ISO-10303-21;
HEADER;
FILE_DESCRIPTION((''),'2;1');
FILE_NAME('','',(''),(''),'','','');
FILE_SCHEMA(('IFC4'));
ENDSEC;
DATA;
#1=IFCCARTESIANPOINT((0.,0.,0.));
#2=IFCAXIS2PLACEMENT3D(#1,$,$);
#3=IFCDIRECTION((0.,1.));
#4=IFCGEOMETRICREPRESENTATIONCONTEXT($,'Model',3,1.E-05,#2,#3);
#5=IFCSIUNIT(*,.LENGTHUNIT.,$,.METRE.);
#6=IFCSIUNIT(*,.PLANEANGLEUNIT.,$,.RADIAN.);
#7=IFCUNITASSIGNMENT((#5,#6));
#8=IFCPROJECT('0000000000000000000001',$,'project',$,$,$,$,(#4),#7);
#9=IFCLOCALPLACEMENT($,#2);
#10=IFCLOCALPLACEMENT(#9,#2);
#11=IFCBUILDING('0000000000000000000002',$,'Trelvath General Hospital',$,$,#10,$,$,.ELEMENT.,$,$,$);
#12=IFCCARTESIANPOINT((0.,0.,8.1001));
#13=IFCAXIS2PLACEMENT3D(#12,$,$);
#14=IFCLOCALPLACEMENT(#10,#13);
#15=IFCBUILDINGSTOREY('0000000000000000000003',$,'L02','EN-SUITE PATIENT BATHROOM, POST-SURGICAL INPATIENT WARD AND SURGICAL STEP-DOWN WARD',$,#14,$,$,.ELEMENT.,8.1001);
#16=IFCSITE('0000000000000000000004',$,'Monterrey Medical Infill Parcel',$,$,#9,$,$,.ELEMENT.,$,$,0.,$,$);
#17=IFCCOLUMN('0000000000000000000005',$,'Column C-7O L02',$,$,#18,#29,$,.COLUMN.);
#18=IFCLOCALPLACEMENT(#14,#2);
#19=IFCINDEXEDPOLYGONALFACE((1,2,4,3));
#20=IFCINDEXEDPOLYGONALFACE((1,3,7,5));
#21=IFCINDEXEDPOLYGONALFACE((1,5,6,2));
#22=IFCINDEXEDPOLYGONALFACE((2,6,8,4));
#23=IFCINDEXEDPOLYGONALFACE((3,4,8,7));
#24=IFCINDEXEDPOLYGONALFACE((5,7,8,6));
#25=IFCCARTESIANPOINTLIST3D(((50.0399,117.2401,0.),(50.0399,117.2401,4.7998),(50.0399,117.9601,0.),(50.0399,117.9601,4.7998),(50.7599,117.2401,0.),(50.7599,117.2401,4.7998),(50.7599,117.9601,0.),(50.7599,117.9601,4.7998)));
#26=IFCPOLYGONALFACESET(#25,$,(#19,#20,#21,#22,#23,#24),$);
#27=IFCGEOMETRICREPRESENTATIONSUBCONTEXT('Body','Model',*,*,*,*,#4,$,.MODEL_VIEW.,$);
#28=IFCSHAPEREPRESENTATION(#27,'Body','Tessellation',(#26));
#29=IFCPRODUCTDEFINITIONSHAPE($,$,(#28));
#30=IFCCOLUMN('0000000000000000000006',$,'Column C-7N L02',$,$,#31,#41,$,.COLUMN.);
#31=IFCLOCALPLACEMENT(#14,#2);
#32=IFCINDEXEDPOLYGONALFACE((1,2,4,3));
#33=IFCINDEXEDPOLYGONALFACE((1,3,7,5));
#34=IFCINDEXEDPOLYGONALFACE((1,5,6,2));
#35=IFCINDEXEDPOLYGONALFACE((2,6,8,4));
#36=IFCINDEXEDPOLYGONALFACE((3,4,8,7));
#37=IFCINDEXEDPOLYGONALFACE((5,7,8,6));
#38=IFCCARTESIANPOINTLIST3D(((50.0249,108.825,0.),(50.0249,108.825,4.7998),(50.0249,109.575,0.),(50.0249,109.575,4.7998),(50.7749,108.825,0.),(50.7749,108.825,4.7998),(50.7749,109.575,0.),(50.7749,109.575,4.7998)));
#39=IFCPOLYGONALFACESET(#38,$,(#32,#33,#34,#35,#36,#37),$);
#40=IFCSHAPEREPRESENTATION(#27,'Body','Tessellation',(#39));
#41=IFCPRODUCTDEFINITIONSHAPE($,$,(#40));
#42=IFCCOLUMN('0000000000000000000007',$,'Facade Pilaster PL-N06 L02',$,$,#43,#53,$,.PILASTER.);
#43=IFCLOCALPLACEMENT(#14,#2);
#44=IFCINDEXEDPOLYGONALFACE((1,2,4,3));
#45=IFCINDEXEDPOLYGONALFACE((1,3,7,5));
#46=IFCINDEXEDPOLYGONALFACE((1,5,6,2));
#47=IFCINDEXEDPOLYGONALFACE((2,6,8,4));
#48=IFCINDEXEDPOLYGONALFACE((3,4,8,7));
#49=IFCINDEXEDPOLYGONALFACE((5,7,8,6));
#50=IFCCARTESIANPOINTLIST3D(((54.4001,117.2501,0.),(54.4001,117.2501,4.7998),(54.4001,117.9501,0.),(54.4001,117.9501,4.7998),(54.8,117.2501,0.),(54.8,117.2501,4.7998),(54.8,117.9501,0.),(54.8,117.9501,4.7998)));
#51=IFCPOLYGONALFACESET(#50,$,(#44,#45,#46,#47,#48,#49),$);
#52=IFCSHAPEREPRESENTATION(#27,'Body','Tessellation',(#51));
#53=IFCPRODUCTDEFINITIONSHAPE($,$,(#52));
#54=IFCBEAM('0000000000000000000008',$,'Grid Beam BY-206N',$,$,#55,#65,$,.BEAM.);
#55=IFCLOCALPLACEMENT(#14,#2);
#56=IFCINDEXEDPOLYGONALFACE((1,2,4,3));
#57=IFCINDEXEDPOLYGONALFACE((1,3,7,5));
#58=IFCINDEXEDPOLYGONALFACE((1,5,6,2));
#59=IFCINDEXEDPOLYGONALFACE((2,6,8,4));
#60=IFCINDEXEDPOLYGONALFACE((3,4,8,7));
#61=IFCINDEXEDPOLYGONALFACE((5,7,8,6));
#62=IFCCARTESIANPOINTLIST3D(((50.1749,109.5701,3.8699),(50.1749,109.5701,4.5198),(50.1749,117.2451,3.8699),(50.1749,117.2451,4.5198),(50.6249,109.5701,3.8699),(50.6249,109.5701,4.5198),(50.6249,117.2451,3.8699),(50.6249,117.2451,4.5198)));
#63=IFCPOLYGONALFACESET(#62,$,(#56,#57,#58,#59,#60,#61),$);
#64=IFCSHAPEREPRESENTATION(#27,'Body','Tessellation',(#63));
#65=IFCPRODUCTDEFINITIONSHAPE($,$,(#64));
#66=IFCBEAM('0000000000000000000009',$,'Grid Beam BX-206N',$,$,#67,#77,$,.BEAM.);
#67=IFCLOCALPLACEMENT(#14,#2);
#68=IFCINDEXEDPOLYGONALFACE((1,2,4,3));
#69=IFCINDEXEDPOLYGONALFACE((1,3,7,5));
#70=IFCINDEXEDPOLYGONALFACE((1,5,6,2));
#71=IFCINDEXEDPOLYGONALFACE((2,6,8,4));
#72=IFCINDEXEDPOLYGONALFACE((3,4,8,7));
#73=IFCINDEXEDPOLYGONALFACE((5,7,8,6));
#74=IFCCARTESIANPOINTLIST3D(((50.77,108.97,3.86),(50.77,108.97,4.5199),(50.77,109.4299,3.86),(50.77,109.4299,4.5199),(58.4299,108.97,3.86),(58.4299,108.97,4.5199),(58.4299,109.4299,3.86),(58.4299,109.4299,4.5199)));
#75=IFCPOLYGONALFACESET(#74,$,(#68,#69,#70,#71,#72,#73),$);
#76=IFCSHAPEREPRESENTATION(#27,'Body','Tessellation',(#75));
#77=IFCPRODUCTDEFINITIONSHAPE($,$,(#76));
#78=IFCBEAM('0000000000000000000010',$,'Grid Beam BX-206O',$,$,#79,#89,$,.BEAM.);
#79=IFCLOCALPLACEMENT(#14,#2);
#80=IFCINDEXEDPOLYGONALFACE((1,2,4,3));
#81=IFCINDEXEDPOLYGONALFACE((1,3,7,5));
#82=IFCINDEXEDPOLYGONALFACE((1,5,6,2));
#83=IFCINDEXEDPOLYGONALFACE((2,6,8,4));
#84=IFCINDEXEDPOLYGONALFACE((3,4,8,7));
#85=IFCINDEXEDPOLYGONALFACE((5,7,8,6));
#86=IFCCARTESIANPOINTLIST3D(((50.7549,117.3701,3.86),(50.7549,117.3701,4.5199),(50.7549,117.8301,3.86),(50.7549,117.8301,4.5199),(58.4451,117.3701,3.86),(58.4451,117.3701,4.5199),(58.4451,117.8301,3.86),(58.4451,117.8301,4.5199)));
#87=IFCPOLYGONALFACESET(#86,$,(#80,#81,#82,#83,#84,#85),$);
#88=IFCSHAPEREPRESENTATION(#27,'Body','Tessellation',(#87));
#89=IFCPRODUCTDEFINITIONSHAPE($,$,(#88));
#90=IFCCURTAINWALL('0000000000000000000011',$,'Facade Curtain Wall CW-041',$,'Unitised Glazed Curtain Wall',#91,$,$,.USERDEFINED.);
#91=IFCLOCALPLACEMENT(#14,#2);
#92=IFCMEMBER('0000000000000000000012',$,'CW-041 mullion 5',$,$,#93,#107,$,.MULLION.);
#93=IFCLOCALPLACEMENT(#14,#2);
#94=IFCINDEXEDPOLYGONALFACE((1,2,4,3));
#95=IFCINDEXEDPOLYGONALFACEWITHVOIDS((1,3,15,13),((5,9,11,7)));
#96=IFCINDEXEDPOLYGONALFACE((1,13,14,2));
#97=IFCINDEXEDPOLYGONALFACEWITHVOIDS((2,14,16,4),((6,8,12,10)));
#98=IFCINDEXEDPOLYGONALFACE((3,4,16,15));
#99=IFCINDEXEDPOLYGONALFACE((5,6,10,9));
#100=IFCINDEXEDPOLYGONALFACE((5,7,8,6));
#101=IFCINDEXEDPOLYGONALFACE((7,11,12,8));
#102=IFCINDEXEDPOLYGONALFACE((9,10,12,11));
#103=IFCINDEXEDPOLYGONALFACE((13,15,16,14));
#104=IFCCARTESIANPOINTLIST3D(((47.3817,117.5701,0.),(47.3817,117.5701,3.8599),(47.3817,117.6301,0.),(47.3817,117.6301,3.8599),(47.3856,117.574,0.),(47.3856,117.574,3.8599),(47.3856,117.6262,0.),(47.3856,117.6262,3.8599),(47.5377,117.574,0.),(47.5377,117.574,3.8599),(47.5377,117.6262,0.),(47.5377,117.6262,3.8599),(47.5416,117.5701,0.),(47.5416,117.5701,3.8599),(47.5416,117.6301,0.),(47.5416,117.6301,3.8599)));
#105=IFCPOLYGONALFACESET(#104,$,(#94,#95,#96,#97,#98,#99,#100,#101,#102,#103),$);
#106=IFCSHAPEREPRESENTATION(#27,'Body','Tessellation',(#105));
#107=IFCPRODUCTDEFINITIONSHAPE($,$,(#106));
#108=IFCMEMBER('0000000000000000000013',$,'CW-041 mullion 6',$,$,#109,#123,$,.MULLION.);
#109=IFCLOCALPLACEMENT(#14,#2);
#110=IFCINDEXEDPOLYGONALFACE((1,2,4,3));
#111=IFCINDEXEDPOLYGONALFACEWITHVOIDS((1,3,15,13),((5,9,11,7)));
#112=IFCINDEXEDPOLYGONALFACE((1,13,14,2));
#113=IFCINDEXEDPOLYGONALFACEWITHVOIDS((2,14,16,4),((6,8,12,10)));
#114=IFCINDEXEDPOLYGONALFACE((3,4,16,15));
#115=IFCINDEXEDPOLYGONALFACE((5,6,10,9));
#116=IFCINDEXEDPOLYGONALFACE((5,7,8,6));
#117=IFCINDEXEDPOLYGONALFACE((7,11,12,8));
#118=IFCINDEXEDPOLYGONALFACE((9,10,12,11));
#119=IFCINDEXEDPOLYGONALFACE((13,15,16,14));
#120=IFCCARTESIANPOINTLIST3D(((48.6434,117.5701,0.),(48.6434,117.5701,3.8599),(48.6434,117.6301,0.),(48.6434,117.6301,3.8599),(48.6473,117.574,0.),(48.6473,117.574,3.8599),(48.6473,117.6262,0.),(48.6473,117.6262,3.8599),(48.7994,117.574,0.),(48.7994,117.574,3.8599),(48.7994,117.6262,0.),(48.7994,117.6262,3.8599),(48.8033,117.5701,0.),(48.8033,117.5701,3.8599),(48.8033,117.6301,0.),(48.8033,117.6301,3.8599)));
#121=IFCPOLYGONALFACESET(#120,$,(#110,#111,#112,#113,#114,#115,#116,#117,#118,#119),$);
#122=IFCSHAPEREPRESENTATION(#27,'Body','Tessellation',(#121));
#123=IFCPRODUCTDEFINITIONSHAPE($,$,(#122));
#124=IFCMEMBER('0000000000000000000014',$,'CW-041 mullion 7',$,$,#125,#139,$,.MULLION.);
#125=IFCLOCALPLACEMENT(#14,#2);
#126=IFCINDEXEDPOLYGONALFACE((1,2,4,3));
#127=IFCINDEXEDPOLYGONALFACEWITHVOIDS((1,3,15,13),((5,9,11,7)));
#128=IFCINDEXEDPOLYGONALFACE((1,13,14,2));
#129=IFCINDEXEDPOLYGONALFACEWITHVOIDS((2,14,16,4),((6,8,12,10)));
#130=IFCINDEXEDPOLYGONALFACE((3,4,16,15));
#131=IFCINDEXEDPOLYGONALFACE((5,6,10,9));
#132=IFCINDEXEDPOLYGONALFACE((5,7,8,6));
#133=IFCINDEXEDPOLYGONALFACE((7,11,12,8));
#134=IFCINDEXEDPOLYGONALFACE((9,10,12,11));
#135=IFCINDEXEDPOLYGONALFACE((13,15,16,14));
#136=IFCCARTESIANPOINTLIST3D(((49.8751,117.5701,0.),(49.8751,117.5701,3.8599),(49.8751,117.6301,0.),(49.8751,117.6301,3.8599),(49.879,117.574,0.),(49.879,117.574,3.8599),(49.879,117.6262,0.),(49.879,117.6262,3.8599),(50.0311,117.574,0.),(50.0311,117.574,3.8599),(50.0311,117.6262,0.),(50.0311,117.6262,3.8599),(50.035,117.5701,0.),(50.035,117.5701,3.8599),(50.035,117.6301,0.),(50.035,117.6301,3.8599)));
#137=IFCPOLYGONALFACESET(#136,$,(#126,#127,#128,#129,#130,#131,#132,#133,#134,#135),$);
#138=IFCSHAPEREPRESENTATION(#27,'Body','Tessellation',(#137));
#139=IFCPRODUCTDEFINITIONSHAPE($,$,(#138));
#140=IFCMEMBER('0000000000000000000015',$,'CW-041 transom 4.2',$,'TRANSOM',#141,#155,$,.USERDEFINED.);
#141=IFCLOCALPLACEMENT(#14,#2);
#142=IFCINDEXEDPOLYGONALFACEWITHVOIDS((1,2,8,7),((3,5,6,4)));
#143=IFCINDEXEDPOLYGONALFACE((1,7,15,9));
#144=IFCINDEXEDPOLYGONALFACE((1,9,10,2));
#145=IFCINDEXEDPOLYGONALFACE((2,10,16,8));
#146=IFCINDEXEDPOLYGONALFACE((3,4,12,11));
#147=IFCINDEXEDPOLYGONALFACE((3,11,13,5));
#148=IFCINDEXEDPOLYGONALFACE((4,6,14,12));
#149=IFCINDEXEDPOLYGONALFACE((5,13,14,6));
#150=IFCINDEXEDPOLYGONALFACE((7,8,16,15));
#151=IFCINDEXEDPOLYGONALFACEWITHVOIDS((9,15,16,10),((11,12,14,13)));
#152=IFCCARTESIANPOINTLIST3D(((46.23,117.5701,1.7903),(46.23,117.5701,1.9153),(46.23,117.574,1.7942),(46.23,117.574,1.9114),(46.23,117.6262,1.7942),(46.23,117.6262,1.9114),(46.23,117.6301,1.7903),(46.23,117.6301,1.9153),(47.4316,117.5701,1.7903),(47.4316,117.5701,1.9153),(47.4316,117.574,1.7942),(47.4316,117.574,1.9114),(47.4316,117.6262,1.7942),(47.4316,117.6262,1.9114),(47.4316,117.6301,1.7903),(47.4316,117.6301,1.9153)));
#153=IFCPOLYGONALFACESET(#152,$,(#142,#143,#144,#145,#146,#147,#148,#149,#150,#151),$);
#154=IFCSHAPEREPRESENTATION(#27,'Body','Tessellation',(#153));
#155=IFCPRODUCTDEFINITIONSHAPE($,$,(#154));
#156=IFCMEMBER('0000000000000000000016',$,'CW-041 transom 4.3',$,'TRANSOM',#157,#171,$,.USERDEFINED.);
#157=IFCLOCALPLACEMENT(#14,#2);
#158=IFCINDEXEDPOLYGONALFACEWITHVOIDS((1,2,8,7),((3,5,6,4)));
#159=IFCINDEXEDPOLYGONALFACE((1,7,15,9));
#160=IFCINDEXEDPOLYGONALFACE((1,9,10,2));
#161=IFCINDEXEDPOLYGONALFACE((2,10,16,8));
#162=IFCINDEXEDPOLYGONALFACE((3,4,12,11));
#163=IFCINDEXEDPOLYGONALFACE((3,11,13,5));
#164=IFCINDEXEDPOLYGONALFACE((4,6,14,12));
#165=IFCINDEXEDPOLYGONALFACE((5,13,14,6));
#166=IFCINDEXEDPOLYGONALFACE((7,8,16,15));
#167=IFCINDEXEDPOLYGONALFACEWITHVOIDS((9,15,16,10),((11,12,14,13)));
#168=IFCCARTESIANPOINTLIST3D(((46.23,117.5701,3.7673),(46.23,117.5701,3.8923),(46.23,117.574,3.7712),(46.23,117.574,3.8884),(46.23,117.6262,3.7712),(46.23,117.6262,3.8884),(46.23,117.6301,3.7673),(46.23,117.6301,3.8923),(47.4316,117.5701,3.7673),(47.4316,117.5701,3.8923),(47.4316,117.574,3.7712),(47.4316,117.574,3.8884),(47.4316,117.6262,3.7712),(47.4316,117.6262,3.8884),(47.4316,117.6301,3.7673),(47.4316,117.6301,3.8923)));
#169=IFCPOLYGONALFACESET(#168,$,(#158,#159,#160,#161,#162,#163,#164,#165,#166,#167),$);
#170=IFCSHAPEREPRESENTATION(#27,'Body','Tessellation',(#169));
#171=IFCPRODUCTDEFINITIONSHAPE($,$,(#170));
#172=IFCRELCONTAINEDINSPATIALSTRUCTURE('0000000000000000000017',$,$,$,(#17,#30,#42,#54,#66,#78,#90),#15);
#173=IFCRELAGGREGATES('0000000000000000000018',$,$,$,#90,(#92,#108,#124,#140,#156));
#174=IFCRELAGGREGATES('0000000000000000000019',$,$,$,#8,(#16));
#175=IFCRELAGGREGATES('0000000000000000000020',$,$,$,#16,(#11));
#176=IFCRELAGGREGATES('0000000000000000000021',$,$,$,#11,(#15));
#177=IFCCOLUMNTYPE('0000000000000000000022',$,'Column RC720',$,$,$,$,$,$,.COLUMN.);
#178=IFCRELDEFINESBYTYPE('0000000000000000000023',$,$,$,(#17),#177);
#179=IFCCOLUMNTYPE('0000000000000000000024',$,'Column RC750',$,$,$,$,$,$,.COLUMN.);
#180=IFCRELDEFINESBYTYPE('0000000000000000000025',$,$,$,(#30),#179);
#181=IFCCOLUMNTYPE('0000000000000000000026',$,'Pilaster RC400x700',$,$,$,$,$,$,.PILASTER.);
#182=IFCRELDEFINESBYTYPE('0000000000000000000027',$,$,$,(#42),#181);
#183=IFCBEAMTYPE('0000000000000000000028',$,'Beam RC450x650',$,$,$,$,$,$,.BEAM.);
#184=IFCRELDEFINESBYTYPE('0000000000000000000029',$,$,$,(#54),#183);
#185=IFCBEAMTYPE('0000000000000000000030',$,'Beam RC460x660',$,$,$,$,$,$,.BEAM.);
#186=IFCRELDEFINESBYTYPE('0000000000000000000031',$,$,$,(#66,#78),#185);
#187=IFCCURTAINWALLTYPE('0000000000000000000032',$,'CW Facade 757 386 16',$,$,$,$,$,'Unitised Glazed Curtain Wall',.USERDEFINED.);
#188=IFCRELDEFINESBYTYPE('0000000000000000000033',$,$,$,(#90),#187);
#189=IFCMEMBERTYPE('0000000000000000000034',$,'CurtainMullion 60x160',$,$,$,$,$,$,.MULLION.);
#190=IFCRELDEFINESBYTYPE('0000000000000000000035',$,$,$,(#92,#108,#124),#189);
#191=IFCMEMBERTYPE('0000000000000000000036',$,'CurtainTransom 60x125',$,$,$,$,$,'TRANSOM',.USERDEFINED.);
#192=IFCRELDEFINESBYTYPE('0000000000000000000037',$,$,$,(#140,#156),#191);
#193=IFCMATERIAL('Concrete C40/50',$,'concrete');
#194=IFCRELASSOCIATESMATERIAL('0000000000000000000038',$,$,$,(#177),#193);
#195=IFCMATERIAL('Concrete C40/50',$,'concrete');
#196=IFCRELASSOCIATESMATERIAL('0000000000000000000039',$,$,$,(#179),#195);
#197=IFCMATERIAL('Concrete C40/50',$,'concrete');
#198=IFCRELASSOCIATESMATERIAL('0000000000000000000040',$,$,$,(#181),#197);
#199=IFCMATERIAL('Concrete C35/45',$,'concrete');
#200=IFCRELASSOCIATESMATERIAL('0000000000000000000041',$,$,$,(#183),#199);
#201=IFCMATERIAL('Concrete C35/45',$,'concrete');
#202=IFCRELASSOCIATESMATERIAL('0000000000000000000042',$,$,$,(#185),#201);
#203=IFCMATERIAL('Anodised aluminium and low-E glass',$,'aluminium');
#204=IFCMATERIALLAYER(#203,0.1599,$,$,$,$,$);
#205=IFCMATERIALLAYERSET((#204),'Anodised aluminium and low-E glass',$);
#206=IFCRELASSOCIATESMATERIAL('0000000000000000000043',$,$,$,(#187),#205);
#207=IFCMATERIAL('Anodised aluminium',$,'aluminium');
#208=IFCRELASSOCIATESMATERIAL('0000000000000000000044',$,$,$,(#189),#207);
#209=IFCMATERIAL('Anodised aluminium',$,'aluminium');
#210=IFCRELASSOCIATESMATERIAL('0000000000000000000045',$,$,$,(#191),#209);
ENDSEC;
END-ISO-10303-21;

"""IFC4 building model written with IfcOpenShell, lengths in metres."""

from ifc_helpers import new_model, si_unit, direction, frame, origin, origin_2d, place, context, subcontext, project, spatial, rectangle, hollow_rectangle, extrude, material, layer, layer_set, material_profile, profile_set, type_object, element, aggregate, save


model = new_model("IFC4")

# Units and contexts
model_context = context("Model", 3, precision=1e-05, world=origin(), true_north=direction((0.0, 1.0)))
body_context = subcontext(model_context, "Body", "Model", "MODEL_VIEW")
ifc_project = project(units=[si_unit("LENGTHUNIT", "METRE"), si_unit("PLANEANGLEUNIT", "RADIAN")], contexts=[model_context])

# Site, building, storey
site_placement = place(None, origin())
site = spatial("IfcSite", under=ifc_project, at=site_placement, Name="Monterrey Medical Infill Parcel", CompositionType="ELEMENT", RefElevation=0.0)
building_placement = place(site_placement, origin())
building = spatial("IfcBuilding", under=site, at=building_placement, Name="Trelvath General Hospital", CompositionType="ELEMENT")
storey_placement = place(building_placement, frame((0.0, 0.0, 8.1001)))
storey = spatial("IfcBuildingStorey", under=building, at=storey_placement, Name="L02", Description="EN-SUITE PATIENT BATHROOM, POST-SURGICAL INPATIENT WARD AND SURGICAL STEP-DOWN WARD", CompositionType="ELEMENT", Elevation=8.1001)

# Columns
ifc_material_1 = material(Name="Concrete C40/50", Category="concrete")
ifc_material_profile_1 = material_profile(ifc_material_1, rectangle(XDim=0.72, YDim=0.72, at=origin_2d()), Name="RC720x720")
ifc_profile_set_1 = profile_set([ifc_material_profile_1], Name="Concrete C40/50")
column_type_1 = type_object("IfcColumnType", Name="Column RC720", PredefinedType="COLUMN", material=ifc_profile_set_1)
column_1_placement = place(storey_placement, frame((50.3999, 117.6001, 0.0), z_axis=(0.0, 0.0, 1.0), x_axis=(1.0, 0.0, 0.0)))
element("IfcColumn", 1, at=column_1_placement, inside=storey, type_object=column_type_1, Name="Column C-7O L02", PredefinedType="COLUMN", context=body_context, shape_type="SweptSolid", body=[
    extrude(rectangle(XDim=0.72, YDim=0.72, at=origin_2d()), origin(), (0.0, 0.0, 1.0), 4.7998),
])
ifc_material_2 = material(Name="Concrete C40/50", Category="concrete")
ifc_material_profile_2 = material_profile(ifc_material_2, rectangle(XDim=0.75, YDim=0.75, at=origin_2d()), Name="RC750x750")
ifc_profile_set_2 = profile_set([ifc_material_profile_2], Name="Concrete C40/50")
column_type_2 = type_object("IfcColumnType", Name="Column RC750", PredefinedType="COLUMN", material=ifc_profile_set_2)
column_2_placement = place(storey_placement, frame((50.3999, 109.2, 0.0), z_axis=(0.0, 0.0, 1.0), x_axis=(1.0, 0.0, 0.0)))
element("IfcColumn", 2, at=column_2_placement, inside=storey, type_object=column_type_2, Name="Column C-7N L02", PredefinedType="COLUMN", context=body_context, shape_type="SweptSolid", body=[
    extrude(rectangle(XDim=0.75, YDim=0.75, at=origin_2d()), origin(), (0.0, 0.0, 1.0), 4.7998),
])
ifc_material_3 = material(Name="Concrete C40/50", Category="concrete")
ifc_material_profile_3 = material_profile(ifc_material_3, rectangle(XDim=0.3999, YDim=0.7, at=origin_2d()), Name="RC400x700")
ifc_profile_set_3 = profile_set([ifc_material_profile_3], Name="Concrete C40/50")
column_type_3 = type_object("IfcColumnType", Name="Pilaster RC400x700", PredefinedType="PILASTER", material=ifc_profile_set_3)
column_3_placement = place(storey_placement, frame((54.6001, 117.6001, 0.0), z_axis=(0.0, 0.0, 1.0), x_axis=(1.0, 0.0, 0.0)))
element("IfcColumn", 3, at=column_3_placement, inside=storey, type_object=column_type_3, Name="Facade Pilaster PL-N06 L02", PredefinedType="PILASTER", context=body_context, shape_type="SweptSolid", body=[
    extrude(rectangle(XDim=0.3999, YDim=0.7, at=origin_2d()), origin(), (0.0, 0.0, 1.0), 4.7998),
])

# Beams
ifc_material_4 = material(Name="Concrete C35/45", Category="concrete")
ifc_material_profile_4 = material_profile(ifc_material_4, rectangle(XDim=0.45, YDim=0.6499, at=origin_2d()), Name="RCB450x650")
ifc_profile_set_4 = profile_set([ifc_material_profile_4], Name="Concrete C35/45")
beam_type_1 = type_object("IfcBeamType", Name="Beam RC450x650", PredefinedType="BEAM", material=ifc_profile_set_4)
beam_1_placement = place(storey_placement, frame((50.3999, 109.5701, 4.1948), z_axis=(0.0, 1.0, 0.0), x_axis=(-1.0, 0.0, 0.0)))
element("IfcBeam", 4, at=beam_1_placement, inside=storey, type_object=beam_type_1, Name="Grid Beam BY-206N", PredefinedType="BEAM", context=body_context, shape_type="SweptSolid", body=[
    extrude(rectangle(XDim=0.45, YDim=0.6499, at=origin_2d()), origin(), (0.0, 0.0, 1.0), 7.675),
])
ifc_material_5 = material(Name="Concrete C35/45", Category="concrete")
ifc_material_profile_5 = material_profile(ifc_material_5, rectangle(XDim=0.46, YDim=0.6599, at=origin_2d()), Name="RCB460x660")
ifc_profile_set_5 = profile_set([ifc_material_profile_5], Name="Concrete C35/45")
beam_type_2 = type_object("IfcBeamType", Name="Beam RC460x660", PredefinedType="BEAM", material=ifc_profile_set_5)
beam_2_placement = place(storey_placement, frame((50.77, 109.2, 4.1899), z_axis=(1.0, 0.0, 0.0), x_axis=(0.0, 1.0, 0.0)))
element("IfcBeam", 5, at=beam_2_placement, inside=storey, type_object=beam_type_2, Name="Grid Beam BX-206N", PredefinedType="BEAM", context=body_context, shape_type="SweptSolid", body=[
    extrude(rectangle(XDim=0.46, YDim=0.6599, at=origin_2d()), origin(), (0.0, 0.0, 1.0), 7.6599),
])
beam_3_placement = place(storey_placement, frame((50.7549, 117.6001, 4.1899), z_axis=(1.0, 0.0, 0.0), x_axis=(0.0, 1.0, 0.0)))
element("IfcBeam", 6, at=beam_3_placement, inside=storey, type_object=beam_type_2, Name="Grid Beam BX-206O", PredefinedType="BEAM", context=body_context, shape_type="SweptSolid", body=[
    extrude(rectangle(XDim=0.46, YDim=0.6599, at=origin_2d()), origin(), (0.0, 0.0, 1.0), 7.6902),
])

# Curtain wall, members
ifc_material_6 = material(Name="Anodised aluminium and low-E glass", Category="aluminium")
ifc_layer_1 = layer(ifc_material_6, 0.1599)
ifc_layer_set_1 = layer_set([ifc_layer_1], Name="Anodised aluminium and low-E glass")
curtain_wall_type = type_object("IfcCurtainWallType", Name="CW Facade 757 386 16", ElementType="Unitised Glazed Curtain Wall", PredefinedType="USERDEFINED", material=ifc_layer_set_1)
curtain_wall_placement = place(storey_placement, origin())
curtain_wall = element("IfcCurtainWall", 7, at=curtain_wall_placement, inside=storey, type_object=curtain_wall_type, Name="Facade Curtain Wall CW-041", ObjectType="Unitised Glazed Curtain Wall", PredefinedType="USERDEFINED")
ifc_material_7 = material(Name="Anodised aluminium", Category="aluminium")
ifc_material_profile_6 = material_profile(ifc_material_7, hollow_rectangle(XDim=0.0601, YDim=0.1599, WallThickness=0.0039, at=origin_2d()), Name="RHS60x160x4")
ifc_profile_set_6 = profile_set([ifc_material_profile_6], Name="Anodised aluminium")
member_type_1 = type_object("IfcMemberType", Name="CurtainMullion 60x160", PredefinedType="MULLION", material=ifc_profile_set_6)
member_1_placement = place(storey_placement, frame((47.4617, 117.6001, 0.0), z_axis=(0.0, 0.0, 1.0), x_axis=(0.0, 1.0, 0.0)))
member_1 = element("IfcMember", 8, at=member_1_placement, type_object=member_type_1, Name="CW-041 mullion 5", PredefinedType="MULLION", context=body_context, shape_type="SweptSolid", body=[
    extrude(hollow_rectangle(XDim=0.0601, YDim=0.1599, WallThickness=0.0039, at=origin_2d()), origin(), (0.0, 0.0, 1.0), 3.8599),
])
member_2_placement = place(storey_placement, frame((48.7234, 117.6001, 0.0), z_axis=(0.0, 0.0, 1.0), x_axis=(0.0, 1.0, 0.0)))
member_2 = element("IfcMember", 9, at=member_2_placement, type_object=member_type_1, Name="CW-041 mullion 6", PredefinedType="MULLION", context=body_context, shape_type="SweptSolid", body=[
    extrude(hollow_rectangle(XDim=0.0601, YDim=0.1599, WallThickness=0.0039, at=origin_2d()), origin(), (0.0, 0.0, 1.0), 3.8599),
])
member_3_placement = place(storey_placement, frame((49.9551, 117.6001, 0.0), z_axis=(0.0, 0.0, 1.0), x_axis=(0.0, 1.0, 0.0)))
member_3 = element("IfcMember", 10, at=member_3_placement, type_object=member_type_1, Name="CW-041 mullion 7", PredefinedType="MULLION", context=body_context, shape_type="SweptSolid", body=[
    extrude(hollow_rectangle(XDim=0.0601, YDim=0.1599, WallThickness=0.0039, at=origin_2d()), origin(), (0.0, 0.0, 1.0), 3.8599),
])
ifc_material_8 = material(Name="Anodised aluminium", Category="aluminium")
ifc_material_profile_7 = material_profile(ifc_material_8, hollow_rectangle(XDim=0.0601, YDim=0.125, WallThickness=0.0039, at=origin_2d()), Name="RHS60x125x4")
ifc_profile_set_7 = profile_set([ifc_material_profile_7], Name="Anodised aluminium")
member_type_2 = type_object("IfcMemberType", Name="CurtainTransom 60x125", ElementType="TRANSOM", PredefinedType="USERDEFINED", material=ifc_profile_set_7)
member_4_placement = place(storey_placement, frame((46.23, 117.6001, 1.8528), z_axis=(1.0, 0.0, 0.0), x_axis=(0.0, 1.0, 0.0)))
member_4 = element("IfcMember", 11, at=member_4_placement, type_object=member_type_2, Name="CW-041 transom 4.2", ObjectType="TRANSOM", PredefinedType="USERDEFINED", context=body_context, shape_type="SweptSolid", body=[
    extrude(hollow_rectangle(XDim=0.0601, YDim=0.125, WallThickness=0.0039, at=origin_2d()), origin(), (0.0, 0.0, 1.0), 1.2017),
])
member_5_placement = place(storey_placement, frame((46.23, 117.6001, 3.8298), z_axis=(1.0, 0.0, 0.0), x_axis=(0.0, 1.0, 0.0)))
member_5 = element("IfcMember", 12, at=member_5_placement, type_object=member_type_2, Name="CW-041 transom 4.3", ObjectType="TRANSOM", PredefinedType="USERDEFINED", context=body_context, shape_type="SweptSolid", body=[
    extrude(hollow_rectangle(XDim=0.0601, YDim=0.125, WallThickness=0.0039, at=origin_2d()), origin(), (0.0, 0.0, 1.0), 1.2017),
])
aggregate(curtain_wall, [member_1, member_2, member_3, member_4, member_5])

save(model, "model.ifc")
